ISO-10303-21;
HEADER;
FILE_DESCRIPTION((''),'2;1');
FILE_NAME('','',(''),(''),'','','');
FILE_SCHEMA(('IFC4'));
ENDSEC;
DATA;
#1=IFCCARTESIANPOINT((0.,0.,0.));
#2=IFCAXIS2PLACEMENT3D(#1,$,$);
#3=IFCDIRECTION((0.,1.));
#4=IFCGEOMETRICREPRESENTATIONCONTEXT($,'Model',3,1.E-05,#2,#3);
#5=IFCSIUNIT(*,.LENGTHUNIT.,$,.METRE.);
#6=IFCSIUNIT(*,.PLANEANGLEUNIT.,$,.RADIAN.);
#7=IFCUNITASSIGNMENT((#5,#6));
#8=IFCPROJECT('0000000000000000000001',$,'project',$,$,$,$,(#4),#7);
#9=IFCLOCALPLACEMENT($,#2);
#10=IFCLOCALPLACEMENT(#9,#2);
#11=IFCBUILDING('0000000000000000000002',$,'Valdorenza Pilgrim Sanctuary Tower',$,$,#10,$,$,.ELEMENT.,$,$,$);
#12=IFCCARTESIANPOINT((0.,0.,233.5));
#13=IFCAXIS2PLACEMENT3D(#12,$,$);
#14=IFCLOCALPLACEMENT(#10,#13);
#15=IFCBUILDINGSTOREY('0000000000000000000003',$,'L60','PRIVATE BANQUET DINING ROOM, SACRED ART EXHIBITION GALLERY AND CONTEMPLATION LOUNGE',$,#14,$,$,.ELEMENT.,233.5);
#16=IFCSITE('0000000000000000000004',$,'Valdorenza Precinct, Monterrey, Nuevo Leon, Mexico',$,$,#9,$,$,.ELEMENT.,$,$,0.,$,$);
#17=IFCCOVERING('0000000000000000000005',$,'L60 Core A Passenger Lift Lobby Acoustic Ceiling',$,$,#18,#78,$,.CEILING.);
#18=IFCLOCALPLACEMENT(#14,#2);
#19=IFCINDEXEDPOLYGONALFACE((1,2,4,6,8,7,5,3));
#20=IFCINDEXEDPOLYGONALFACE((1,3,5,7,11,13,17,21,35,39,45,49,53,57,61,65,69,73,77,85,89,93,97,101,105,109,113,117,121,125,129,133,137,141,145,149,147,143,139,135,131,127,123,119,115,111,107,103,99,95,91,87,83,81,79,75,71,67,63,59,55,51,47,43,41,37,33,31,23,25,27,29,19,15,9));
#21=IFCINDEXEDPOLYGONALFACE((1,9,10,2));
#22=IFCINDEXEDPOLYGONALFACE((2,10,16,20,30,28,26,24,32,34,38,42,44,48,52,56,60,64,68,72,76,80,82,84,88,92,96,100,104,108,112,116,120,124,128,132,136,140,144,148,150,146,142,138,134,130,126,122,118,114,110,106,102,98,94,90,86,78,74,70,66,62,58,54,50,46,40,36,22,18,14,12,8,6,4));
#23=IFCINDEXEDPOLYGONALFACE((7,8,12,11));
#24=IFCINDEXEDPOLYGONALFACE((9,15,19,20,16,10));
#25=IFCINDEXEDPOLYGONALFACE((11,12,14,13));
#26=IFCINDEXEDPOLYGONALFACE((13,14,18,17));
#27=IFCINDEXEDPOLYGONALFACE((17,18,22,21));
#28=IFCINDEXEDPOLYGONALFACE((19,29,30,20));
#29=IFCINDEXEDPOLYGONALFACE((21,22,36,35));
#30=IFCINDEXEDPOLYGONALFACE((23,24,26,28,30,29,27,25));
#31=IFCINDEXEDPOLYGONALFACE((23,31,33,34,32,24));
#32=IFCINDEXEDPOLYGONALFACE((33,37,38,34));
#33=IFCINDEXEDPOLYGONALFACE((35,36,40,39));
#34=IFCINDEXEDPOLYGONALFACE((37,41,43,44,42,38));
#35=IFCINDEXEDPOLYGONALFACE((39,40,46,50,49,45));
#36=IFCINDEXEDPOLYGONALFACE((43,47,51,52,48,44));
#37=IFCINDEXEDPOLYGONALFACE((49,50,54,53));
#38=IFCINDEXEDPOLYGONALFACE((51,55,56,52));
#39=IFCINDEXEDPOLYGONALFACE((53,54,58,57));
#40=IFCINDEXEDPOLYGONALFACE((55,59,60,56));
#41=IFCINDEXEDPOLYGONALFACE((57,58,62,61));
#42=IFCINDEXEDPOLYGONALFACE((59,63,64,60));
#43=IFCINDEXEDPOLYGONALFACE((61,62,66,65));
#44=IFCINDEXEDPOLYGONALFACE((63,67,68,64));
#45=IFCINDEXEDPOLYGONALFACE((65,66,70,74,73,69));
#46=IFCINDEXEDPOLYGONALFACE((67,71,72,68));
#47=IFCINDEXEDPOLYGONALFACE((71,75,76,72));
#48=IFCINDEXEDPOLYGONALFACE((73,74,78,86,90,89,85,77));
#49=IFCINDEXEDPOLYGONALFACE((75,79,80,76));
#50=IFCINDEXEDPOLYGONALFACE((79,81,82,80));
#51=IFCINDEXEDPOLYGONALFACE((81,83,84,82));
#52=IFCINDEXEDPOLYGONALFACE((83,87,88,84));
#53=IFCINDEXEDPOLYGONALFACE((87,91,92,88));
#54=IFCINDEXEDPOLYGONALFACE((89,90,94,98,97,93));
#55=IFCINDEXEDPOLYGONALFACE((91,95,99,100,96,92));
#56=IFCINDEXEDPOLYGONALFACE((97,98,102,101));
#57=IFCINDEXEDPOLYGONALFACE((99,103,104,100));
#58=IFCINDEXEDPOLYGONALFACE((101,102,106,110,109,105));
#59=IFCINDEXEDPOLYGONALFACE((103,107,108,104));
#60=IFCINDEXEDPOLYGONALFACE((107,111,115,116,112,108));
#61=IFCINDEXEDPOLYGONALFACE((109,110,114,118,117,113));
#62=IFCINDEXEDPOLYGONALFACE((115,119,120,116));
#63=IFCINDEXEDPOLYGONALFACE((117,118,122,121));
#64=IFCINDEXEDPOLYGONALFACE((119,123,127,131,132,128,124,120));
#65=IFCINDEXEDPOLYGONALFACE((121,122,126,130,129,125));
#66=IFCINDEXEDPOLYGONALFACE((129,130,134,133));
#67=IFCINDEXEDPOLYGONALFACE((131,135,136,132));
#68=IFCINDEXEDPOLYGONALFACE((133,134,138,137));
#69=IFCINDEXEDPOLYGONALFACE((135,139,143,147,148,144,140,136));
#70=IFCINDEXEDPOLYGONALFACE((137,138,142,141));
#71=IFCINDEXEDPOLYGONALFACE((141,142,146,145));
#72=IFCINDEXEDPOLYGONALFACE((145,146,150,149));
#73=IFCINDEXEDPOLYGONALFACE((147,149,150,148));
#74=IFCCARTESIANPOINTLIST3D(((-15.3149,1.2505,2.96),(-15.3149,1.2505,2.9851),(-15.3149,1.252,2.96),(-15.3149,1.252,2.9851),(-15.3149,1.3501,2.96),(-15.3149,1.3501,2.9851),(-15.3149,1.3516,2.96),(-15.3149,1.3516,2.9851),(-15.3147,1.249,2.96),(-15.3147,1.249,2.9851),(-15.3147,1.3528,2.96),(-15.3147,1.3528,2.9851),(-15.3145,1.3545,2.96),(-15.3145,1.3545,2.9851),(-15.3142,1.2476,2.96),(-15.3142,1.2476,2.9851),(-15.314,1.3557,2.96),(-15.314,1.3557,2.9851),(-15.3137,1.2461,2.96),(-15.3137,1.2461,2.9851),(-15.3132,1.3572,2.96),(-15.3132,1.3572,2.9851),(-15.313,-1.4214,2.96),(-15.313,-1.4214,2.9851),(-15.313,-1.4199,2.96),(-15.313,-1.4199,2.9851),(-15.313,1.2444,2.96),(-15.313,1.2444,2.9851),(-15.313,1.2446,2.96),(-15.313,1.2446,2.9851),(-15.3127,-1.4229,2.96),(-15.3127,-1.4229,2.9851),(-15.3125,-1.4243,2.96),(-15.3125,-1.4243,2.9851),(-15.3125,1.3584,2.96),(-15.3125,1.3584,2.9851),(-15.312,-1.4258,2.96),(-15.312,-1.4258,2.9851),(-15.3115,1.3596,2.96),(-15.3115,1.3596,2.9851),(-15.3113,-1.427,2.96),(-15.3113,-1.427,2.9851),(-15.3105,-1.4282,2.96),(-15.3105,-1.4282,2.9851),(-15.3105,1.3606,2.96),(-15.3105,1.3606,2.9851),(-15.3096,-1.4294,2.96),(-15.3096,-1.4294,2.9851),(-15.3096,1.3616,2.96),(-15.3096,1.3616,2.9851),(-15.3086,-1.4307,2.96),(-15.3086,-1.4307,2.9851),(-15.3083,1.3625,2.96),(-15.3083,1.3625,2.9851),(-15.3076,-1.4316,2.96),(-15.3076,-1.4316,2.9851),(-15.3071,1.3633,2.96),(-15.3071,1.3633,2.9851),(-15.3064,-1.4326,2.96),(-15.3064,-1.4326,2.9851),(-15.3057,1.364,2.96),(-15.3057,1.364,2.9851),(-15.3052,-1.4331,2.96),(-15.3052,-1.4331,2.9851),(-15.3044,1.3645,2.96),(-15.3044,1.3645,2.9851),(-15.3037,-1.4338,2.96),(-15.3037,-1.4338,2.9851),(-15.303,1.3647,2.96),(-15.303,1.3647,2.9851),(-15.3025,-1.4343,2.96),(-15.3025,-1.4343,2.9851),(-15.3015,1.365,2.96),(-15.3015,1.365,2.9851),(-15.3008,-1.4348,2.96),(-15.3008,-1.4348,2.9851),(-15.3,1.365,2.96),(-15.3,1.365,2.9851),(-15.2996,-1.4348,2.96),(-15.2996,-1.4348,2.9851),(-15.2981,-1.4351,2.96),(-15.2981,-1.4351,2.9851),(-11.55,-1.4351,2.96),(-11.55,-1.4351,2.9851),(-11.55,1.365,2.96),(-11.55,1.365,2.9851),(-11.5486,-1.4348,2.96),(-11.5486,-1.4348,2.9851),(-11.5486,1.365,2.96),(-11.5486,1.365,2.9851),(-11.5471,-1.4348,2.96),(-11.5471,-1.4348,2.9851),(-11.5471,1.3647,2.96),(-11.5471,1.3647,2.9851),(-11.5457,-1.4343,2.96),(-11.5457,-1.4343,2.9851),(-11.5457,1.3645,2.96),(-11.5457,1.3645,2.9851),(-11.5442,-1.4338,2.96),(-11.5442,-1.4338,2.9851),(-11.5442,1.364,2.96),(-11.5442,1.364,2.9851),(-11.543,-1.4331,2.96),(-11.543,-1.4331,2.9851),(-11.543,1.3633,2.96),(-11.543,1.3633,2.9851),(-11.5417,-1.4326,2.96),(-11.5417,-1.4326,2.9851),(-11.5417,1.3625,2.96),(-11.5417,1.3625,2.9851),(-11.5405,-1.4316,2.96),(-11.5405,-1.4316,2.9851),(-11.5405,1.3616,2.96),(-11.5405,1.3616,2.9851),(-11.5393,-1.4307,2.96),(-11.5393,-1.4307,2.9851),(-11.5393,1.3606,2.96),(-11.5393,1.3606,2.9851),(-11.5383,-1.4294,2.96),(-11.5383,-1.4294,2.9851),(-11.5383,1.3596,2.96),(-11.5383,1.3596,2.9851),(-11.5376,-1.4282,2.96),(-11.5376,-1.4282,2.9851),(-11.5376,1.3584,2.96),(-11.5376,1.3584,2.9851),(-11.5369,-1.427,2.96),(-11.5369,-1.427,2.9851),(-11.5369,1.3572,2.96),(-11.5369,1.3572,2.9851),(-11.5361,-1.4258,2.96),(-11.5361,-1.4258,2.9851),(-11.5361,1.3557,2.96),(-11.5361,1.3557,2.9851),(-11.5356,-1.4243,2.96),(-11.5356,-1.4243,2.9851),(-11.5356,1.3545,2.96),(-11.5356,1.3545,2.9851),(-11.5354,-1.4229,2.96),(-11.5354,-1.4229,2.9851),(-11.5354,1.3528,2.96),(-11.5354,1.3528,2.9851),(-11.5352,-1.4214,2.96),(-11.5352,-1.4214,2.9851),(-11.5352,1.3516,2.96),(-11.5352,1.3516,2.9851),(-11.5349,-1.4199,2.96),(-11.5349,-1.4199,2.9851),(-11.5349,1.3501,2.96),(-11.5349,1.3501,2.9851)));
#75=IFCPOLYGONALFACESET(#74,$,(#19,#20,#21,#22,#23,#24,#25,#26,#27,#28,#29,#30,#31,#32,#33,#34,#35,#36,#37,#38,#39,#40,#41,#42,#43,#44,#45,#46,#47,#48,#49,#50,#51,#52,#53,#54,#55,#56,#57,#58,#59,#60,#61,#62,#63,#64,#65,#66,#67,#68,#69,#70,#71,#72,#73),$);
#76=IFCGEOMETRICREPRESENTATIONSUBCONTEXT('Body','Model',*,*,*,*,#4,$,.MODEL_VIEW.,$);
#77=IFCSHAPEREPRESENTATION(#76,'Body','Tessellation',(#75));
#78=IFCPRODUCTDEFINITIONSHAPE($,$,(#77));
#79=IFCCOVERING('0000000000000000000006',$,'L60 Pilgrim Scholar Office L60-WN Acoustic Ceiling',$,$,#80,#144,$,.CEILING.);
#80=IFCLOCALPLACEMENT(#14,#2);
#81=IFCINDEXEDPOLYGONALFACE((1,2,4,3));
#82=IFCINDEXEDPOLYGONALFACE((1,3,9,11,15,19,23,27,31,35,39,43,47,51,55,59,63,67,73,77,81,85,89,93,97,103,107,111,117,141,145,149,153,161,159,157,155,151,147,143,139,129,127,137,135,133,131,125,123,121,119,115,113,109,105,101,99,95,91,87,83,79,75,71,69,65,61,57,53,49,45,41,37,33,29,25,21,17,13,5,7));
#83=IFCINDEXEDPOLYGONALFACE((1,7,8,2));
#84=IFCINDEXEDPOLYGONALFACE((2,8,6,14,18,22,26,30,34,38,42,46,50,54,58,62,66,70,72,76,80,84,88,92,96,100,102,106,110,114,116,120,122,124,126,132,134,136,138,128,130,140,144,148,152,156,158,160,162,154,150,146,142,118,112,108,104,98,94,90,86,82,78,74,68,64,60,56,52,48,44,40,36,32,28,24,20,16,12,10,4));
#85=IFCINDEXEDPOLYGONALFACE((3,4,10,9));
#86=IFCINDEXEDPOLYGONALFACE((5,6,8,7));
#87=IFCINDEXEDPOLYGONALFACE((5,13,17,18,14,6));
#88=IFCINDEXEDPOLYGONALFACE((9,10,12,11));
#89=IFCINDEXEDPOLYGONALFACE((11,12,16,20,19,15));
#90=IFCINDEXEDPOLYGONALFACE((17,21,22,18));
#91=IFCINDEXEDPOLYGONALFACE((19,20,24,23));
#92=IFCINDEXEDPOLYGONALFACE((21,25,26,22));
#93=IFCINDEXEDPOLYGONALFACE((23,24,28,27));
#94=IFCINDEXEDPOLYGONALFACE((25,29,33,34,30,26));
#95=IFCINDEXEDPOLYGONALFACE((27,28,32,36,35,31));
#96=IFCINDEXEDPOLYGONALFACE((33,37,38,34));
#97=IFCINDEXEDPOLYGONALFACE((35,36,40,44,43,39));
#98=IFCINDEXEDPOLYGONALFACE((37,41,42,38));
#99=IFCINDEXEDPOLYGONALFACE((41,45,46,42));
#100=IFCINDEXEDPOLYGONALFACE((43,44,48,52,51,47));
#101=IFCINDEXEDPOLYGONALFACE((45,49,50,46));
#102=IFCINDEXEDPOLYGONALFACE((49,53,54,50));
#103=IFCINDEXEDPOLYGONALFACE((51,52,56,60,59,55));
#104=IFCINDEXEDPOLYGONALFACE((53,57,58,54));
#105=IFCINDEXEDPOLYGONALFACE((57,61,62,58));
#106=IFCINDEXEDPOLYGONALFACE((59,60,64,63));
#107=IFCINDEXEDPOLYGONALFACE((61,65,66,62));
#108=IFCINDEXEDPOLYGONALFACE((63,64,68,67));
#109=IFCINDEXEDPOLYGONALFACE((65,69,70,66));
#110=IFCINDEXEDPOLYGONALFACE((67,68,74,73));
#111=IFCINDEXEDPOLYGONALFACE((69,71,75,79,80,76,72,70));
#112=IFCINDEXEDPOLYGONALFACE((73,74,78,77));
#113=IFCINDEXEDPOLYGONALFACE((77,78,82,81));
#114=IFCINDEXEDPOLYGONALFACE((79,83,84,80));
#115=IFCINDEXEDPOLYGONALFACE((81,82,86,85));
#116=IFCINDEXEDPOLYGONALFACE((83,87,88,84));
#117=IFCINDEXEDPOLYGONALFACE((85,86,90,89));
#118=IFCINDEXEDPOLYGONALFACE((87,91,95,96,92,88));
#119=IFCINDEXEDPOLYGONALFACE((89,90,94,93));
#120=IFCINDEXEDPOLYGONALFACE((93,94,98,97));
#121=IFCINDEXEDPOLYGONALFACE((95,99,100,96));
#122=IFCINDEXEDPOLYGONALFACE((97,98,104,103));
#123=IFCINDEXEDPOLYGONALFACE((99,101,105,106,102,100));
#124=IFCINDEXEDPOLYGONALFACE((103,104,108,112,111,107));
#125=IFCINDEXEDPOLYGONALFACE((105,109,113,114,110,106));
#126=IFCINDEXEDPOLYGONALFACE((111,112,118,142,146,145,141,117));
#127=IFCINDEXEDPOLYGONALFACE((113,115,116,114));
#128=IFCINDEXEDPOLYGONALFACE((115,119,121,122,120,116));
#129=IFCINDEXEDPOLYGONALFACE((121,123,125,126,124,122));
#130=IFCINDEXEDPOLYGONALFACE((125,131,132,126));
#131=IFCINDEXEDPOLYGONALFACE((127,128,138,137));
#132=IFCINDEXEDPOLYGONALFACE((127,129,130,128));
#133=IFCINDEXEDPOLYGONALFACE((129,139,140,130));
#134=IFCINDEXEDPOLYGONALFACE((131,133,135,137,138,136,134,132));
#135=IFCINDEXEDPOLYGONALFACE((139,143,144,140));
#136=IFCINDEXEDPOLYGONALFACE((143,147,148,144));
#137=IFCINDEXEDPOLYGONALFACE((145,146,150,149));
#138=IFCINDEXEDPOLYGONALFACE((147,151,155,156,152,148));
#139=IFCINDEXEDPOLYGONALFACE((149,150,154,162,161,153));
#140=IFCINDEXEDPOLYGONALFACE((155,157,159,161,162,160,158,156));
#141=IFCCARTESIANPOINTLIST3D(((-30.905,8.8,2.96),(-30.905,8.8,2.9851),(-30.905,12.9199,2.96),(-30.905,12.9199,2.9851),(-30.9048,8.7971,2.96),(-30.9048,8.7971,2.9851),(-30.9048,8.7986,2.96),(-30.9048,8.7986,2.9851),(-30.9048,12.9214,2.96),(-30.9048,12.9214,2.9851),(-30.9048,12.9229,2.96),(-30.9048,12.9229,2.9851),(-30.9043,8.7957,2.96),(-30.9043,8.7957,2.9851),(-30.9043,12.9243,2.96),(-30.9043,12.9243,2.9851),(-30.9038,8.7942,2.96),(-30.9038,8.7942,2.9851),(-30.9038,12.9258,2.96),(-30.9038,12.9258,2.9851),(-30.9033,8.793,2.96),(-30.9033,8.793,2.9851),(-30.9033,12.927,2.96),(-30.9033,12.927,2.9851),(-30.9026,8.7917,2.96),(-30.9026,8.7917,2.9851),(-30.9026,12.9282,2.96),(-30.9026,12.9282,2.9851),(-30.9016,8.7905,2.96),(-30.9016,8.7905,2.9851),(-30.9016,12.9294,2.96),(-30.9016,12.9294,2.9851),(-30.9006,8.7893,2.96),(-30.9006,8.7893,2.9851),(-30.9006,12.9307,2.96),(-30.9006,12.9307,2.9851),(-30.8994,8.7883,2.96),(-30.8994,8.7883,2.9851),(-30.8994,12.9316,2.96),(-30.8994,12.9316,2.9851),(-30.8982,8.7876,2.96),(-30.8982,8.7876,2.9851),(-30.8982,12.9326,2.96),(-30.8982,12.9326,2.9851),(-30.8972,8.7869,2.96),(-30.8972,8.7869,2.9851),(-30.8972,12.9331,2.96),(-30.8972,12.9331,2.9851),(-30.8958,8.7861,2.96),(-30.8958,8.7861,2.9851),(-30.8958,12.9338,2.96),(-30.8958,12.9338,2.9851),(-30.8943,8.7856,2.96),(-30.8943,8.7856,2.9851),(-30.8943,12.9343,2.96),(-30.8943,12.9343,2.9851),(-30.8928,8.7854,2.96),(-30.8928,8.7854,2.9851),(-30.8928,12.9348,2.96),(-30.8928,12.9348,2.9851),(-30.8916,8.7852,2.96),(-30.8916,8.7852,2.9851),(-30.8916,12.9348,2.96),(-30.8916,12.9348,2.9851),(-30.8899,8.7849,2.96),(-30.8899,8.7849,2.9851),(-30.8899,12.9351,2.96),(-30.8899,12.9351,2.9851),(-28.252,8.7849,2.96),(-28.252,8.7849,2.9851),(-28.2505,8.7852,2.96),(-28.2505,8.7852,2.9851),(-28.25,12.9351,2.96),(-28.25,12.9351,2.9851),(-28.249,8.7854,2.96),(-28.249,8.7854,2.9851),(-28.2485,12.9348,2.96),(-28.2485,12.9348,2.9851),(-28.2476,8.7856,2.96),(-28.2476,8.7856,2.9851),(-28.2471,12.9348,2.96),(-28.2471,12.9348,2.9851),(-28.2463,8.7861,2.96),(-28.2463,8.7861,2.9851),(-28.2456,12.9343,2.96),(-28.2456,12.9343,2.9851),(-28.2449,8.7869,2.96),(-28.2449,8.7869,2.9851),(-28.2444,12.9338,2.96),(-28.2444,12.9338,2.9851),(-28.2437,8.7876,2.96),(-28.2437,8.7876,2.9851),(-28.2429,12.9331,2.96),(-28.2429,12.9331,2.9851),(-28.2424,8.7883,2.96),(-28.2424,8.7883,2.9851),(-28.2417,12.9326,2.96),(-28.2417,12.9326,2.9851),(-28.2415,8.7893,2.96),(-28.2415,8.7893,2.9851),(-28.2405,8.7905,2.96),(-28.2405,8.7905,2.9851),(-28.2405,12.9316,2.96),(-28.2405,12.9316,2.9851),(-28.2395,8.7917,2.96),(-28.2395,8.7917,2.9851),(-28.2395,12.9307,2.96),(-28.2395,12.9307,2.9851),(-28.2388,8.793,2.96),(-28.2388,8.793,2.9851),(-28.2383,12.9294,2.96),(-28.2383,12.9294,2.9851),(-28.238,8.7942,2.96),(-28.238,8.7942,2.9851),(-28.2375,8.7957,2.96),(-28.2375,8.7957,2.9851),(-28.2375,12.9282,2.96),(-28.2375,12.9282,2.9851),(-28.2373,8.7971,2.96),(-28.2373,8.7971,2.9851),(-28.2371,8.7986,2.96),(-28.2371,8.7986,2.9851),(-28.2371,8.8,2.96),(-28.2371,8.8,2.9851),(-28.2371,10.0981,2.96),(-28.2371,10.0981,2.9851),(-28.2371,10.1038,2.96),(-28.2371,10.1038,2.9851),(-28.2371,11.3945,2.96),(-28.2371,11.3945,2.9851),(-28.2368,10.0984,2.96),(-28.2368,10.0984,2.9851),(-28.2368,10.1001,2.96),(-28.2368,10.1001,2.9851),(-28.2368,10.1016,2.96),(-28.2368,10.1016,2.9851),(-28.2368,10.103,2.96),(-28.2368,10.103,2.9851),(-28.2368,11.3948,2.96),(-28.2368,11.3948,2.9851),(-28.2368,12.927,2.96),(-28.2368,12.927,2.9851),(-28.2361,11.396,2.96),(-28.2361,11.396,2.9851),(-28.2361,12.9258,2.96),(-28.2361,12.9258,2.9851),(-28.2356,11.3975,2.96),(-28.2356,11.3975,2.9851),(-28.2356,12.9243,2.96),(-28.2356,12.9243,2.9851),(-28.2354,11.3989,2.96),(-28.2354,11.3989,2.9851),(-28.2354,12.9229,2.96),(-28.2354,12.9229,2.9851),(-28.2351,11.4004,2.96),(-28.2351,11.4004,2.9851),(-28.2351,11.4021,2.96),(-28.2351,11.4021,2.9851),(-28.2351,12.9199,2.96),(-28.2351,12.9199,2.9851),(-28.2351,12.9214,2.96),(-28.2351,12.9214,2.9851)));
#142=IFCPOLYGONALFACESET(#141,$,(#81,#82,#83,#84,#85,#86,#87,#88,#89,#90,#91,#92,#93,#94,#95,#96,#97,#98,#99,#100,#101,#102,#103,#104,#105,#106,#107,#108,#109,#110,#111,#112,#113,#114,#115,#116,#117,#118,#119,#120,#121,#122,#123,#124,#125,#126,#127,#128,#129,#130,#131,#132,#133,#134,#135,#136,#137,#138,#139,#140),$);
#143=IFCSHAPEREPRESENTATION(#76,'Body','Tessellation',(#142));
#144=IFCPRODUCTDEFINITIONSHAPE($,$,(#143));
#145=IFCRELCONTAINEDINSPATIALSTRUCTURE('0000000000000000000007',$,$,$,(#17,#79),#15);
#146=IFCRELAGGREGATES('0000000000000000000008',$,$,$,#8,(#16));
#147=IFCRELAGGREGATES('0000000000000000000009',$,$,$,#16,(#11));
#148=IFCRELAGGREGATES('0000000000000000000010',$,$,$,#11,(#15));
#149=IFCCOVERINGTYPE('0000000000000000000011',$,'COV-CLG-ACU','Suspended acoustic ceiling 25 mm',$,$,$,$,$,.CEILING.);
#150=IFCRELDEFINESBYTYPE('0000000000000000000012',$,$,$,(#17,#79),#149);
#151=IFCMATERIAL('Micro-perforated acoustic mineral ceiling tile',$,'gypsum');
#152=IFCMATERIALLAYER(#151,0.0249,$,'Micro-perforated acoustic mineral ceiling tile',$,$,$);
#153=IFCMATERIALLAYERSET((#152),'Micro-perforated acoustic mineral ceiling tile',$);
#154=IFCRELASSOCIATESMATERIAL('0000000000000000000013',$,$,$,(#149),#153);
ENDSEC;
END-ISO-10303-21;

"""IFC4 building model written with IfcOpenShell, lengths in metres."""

from ifc_helpers import new_model, si_unit, direction, frame, origin, place, context, subcontext, project, spatial, polyline, outline, extrude, material, layer, layer_set, type_object, element, save


model = new_model("IFC4")

# Units and contexts
model_context = context("Model", 3, precision=1e-05, world=origin(), true_north=direction((0.0, 1.0)))
body_context = subcontext(model_context, "Body", "Model", "MODEL_VIEW")
ifc_project = project(units=[si_unit("LENGTHUNIT", "METRE"), si_unit("PLANEANGLEUNIT", "RADIAN")], contexts=[model_context])

# Site, building, storey
site_placement = place(None, origin())
site = spatial("IfcSite", under=ifc_project, at=site_placement, Name="Valdorenza Precinct, Monterrey, Nuevo Leon, Mexico", CompositionType="ELEMENT", RefElevation=0.0)
building_placement = place(site_placement, origin())
building = spatial("IfcBuilding", under=site, at=building_placement, Name="Valdorenza Pilgrim Sanctuary Tower", CompositionType="ELEMENT")
storey_placement = place(building_placement, frame((0.0, 0.0, 233.5)))
storey = spatial("IfcBuildingStorey", under=building, at=storey_placement, Name="L60", Description="PRIVATE BANQUET DINING ROOM, SACRED ART EXHIBITION GALLERY AND CONTEMPLATION LOUNGE", CompositionType="ELEMENT", Elevation=233.5)

# Coverings
ifc_material_1 = material(Name="Micro-perforated acoustic mineral ceiling tile", Category="gypsum")
ifc_layer_1 = layer(ifc_material_1, 0.0249, Name="Micro-perforated acoustic mineral ceiling tile")
ifc_layer_set_1 = layer_set([ifc_layer_1], Name="Micro-perforated acoustic mineral ceiling tile")
covering_type_1 = type_object("IfcCoveringType", Name="COV-CLG-ACU", Description="Suspended acoustic ceiling 25 mm", PredefinedType="CEILING", material=ifc_layer_set_1)
covering_1_placement = place(storey_placement, frame((0.0, 0.0, 2.96)))
element("IfcCovering", 1, at=covering_1_placement, inside=storey, type_object=covering_type_1, Name="L60 Core A Passenger Lift Lobby Acoustic Ceiling", PredefinedType="CEILING", context=body_context, shape_type="SweptSolid", body=[
    extrude(outline(polyline([(-15.3149, 1.3501), (-15.3149, 1.3516), (-15.3147, 1.3528), (-15.3145, 1.3545), (-15.314, 1.3557), (-15.3132, 1.3572), (-15.3125, 1.3584), (-15.3115, 1.3596), (-15.3105, 1.3606), (-15.3096, 1.3616), (-15.3083, 1.3625), (-15.3071, 1.3633), (-15.3057, 1.364), (-15.3044, 1.3645), (-15.303, 1.3647), (-15.3015, 1.365), (-15.3, 1.365), (-11.55, 1.365), (-11.5486, 1.365), (-11.5471, 1.3647), (-11.5457, 1.3645), (-11.5442, 1.364), (-11.543, 1.3633), (-11.5417, 1.3625), (-11.5405, 1.3616), (-11.5393, 1.3606), (-11.5383, 1.3596), (-11.5376, 1.3584), (-11.5369, 1.3572), (-11.5361, 1.3557), (-11.5356, 1.3545), (-11.5354, 1.3528), (-11.5352, 1.3516), (-11.5349, 1.3501), (-11.5349, -1.4199), (-11.5352, -1.4214), (-11.5354, -1.4229), (-11.5356, -1.4243), (-11.5361, -1.4258), (-11.5369, -1.427), (-11.5376, -1.4282), (-11.5383, -1.4294), (-11.5393, -1.4307), (-11.5405, -1.4316), (-11.5417, -1.4326), (-11.543, -1.4331), (-11.5442, -1.4338), (-11.5457, -1.4343), (-11.5471, -1.4348), (-11.5486, -1.4348), (-11.55, -1.4351), (-15.2981, -1.4351), (-15.2996, -1.4348), (-15.3008, -1.4348), (-15.3025, -1.4343), (-15.3037, -1.4338), (-15.3052, -1.4331), (-15.3064, -1.4326), (-15.3076, -1.4316), (-15.3086, -1.4307), (-15.3096, -1.4294), (-15.3105, -1.4282), (-15.3113, -1.427), (-15.312, -1.4258), (-15.3125, -1.4243), (-15.3127, -1.4229), (-15.313, -1.4214), (-15.313, -1.4199), (-15.313, 1.2444), (-15.313, 1.2446), (-15.3137, 1.2461), (-15.3142, 1.2476), (-15.3147, 1.249), (-15.3149, 1.2505), (-15.3149, 1.252), (-15.3149, 1.3501)])), origin(), (0.0, 0.0, 1.0), 0.0251),
])
covering_2_placement = place(storey_placement, frame((0.0, 0.0, 2.96)))
element("IfcCovering", 2, at=covering_2_placement, inside=storey, type_object=covering_type_1, Name="L60 Pilgrim Scholar Office L60-WN Acoustic Ceiling", PredefinedType="CEILING", context=body_context, shape_type="SweptSolid", body=[
    extrude(outline(polyline([(-28.2371, 11.3945), (-28.2371, 10.1038), (-28.2368, 10.103), (-28.2368, 10.1016), (-28.2368, 10.1001), (-28.2368, 10.0984), (-28.2371, 10.0981), (-28.2371, 8.8), (-28.2371, 8.7986), (-28.2373, 8.7971), (-28.2375, 8.7957), (-28.238, 8.7942), (-28.2388, 8.793), (-28.2395, 8.7917), (-28.2405, 8.7905), (-28.2415, 8.7893), (-28.2424, 8.7883), (-28.2437, 8.7876), (-28.2449, 8.7869), (-28.2463, 8.7861), (-28.2476, 8.7856), (-28.249, 8.7854), (-28.2505, 8.7852), (-28.252, 8.7849), (-30.8899, 8.7849), (-30.8916, 8.7852), (-30.8928, 8.7854), (-30.8943, 8.7856), (-30.8958, 8.7861), (-30.8972, 8.7869), (-30.8982, 8.7876), (-30.8994, 8.7883), (-30.9006, 8.7893), (-30.9016, 8.7905), (-30.9026, 8.7917), (-30.9033, 8.793), (-30.9038, 8.7942), (-30.9043, 8.7957), (-30.9048, 8.7971), (-30.9048, 8.7986), (-30.905, 8.8), (-30.905, 12.9199), (-30.9048, 12.9214), (-30.9048, 12.9229), (-30.9043, 12.9243), (-30.9038, 12.9258), (-30.9033, 12.927), (-30.9026, 12.9282), (-30.9016, 12.9294), (-30.9006, 12.9307), (-30.8994, 12.9316), (-30.8982, 12.9326), (-30.8972, 12.9331), (-30.8958, 12.9338), (-30.8943, 12.9343), (-30.8928, 12.9348), (-30.8916, 12.9348), (-30.8899, 12.9351), (-28.25, 12.9351), (-28.2485, 12.9348), (-28.2471, 12.9348), (-28.2456, 12.9343), (-28.2444, 12.9338), (-28.2429, 12.9331), (-28.2417, 12.9326), (-28.2405, 12.9316), (-28.2395, 12.9307), (-28.2383, 12.9294), (-28.2375, 12.9282), (-28.2368, 12.927), (-28.2361, 12.9258), (-28.2356, 12.9243), (-28.2354, 12.9229), (-28.2351, 12.9214), (-28.2351, 12.9199), (-28.2351, 11.4021), (-28.2351, 11.4004), (-28.2354, 11.3989), (-28.2356, 11.3975), (-28.2361, 11.396), (-28.2368, 11.3948), (-28.2371, 11.3945)])), origin(), (0.0, 0.0, 1.0), 0.0251),
])

save(model, "model.ifc")
